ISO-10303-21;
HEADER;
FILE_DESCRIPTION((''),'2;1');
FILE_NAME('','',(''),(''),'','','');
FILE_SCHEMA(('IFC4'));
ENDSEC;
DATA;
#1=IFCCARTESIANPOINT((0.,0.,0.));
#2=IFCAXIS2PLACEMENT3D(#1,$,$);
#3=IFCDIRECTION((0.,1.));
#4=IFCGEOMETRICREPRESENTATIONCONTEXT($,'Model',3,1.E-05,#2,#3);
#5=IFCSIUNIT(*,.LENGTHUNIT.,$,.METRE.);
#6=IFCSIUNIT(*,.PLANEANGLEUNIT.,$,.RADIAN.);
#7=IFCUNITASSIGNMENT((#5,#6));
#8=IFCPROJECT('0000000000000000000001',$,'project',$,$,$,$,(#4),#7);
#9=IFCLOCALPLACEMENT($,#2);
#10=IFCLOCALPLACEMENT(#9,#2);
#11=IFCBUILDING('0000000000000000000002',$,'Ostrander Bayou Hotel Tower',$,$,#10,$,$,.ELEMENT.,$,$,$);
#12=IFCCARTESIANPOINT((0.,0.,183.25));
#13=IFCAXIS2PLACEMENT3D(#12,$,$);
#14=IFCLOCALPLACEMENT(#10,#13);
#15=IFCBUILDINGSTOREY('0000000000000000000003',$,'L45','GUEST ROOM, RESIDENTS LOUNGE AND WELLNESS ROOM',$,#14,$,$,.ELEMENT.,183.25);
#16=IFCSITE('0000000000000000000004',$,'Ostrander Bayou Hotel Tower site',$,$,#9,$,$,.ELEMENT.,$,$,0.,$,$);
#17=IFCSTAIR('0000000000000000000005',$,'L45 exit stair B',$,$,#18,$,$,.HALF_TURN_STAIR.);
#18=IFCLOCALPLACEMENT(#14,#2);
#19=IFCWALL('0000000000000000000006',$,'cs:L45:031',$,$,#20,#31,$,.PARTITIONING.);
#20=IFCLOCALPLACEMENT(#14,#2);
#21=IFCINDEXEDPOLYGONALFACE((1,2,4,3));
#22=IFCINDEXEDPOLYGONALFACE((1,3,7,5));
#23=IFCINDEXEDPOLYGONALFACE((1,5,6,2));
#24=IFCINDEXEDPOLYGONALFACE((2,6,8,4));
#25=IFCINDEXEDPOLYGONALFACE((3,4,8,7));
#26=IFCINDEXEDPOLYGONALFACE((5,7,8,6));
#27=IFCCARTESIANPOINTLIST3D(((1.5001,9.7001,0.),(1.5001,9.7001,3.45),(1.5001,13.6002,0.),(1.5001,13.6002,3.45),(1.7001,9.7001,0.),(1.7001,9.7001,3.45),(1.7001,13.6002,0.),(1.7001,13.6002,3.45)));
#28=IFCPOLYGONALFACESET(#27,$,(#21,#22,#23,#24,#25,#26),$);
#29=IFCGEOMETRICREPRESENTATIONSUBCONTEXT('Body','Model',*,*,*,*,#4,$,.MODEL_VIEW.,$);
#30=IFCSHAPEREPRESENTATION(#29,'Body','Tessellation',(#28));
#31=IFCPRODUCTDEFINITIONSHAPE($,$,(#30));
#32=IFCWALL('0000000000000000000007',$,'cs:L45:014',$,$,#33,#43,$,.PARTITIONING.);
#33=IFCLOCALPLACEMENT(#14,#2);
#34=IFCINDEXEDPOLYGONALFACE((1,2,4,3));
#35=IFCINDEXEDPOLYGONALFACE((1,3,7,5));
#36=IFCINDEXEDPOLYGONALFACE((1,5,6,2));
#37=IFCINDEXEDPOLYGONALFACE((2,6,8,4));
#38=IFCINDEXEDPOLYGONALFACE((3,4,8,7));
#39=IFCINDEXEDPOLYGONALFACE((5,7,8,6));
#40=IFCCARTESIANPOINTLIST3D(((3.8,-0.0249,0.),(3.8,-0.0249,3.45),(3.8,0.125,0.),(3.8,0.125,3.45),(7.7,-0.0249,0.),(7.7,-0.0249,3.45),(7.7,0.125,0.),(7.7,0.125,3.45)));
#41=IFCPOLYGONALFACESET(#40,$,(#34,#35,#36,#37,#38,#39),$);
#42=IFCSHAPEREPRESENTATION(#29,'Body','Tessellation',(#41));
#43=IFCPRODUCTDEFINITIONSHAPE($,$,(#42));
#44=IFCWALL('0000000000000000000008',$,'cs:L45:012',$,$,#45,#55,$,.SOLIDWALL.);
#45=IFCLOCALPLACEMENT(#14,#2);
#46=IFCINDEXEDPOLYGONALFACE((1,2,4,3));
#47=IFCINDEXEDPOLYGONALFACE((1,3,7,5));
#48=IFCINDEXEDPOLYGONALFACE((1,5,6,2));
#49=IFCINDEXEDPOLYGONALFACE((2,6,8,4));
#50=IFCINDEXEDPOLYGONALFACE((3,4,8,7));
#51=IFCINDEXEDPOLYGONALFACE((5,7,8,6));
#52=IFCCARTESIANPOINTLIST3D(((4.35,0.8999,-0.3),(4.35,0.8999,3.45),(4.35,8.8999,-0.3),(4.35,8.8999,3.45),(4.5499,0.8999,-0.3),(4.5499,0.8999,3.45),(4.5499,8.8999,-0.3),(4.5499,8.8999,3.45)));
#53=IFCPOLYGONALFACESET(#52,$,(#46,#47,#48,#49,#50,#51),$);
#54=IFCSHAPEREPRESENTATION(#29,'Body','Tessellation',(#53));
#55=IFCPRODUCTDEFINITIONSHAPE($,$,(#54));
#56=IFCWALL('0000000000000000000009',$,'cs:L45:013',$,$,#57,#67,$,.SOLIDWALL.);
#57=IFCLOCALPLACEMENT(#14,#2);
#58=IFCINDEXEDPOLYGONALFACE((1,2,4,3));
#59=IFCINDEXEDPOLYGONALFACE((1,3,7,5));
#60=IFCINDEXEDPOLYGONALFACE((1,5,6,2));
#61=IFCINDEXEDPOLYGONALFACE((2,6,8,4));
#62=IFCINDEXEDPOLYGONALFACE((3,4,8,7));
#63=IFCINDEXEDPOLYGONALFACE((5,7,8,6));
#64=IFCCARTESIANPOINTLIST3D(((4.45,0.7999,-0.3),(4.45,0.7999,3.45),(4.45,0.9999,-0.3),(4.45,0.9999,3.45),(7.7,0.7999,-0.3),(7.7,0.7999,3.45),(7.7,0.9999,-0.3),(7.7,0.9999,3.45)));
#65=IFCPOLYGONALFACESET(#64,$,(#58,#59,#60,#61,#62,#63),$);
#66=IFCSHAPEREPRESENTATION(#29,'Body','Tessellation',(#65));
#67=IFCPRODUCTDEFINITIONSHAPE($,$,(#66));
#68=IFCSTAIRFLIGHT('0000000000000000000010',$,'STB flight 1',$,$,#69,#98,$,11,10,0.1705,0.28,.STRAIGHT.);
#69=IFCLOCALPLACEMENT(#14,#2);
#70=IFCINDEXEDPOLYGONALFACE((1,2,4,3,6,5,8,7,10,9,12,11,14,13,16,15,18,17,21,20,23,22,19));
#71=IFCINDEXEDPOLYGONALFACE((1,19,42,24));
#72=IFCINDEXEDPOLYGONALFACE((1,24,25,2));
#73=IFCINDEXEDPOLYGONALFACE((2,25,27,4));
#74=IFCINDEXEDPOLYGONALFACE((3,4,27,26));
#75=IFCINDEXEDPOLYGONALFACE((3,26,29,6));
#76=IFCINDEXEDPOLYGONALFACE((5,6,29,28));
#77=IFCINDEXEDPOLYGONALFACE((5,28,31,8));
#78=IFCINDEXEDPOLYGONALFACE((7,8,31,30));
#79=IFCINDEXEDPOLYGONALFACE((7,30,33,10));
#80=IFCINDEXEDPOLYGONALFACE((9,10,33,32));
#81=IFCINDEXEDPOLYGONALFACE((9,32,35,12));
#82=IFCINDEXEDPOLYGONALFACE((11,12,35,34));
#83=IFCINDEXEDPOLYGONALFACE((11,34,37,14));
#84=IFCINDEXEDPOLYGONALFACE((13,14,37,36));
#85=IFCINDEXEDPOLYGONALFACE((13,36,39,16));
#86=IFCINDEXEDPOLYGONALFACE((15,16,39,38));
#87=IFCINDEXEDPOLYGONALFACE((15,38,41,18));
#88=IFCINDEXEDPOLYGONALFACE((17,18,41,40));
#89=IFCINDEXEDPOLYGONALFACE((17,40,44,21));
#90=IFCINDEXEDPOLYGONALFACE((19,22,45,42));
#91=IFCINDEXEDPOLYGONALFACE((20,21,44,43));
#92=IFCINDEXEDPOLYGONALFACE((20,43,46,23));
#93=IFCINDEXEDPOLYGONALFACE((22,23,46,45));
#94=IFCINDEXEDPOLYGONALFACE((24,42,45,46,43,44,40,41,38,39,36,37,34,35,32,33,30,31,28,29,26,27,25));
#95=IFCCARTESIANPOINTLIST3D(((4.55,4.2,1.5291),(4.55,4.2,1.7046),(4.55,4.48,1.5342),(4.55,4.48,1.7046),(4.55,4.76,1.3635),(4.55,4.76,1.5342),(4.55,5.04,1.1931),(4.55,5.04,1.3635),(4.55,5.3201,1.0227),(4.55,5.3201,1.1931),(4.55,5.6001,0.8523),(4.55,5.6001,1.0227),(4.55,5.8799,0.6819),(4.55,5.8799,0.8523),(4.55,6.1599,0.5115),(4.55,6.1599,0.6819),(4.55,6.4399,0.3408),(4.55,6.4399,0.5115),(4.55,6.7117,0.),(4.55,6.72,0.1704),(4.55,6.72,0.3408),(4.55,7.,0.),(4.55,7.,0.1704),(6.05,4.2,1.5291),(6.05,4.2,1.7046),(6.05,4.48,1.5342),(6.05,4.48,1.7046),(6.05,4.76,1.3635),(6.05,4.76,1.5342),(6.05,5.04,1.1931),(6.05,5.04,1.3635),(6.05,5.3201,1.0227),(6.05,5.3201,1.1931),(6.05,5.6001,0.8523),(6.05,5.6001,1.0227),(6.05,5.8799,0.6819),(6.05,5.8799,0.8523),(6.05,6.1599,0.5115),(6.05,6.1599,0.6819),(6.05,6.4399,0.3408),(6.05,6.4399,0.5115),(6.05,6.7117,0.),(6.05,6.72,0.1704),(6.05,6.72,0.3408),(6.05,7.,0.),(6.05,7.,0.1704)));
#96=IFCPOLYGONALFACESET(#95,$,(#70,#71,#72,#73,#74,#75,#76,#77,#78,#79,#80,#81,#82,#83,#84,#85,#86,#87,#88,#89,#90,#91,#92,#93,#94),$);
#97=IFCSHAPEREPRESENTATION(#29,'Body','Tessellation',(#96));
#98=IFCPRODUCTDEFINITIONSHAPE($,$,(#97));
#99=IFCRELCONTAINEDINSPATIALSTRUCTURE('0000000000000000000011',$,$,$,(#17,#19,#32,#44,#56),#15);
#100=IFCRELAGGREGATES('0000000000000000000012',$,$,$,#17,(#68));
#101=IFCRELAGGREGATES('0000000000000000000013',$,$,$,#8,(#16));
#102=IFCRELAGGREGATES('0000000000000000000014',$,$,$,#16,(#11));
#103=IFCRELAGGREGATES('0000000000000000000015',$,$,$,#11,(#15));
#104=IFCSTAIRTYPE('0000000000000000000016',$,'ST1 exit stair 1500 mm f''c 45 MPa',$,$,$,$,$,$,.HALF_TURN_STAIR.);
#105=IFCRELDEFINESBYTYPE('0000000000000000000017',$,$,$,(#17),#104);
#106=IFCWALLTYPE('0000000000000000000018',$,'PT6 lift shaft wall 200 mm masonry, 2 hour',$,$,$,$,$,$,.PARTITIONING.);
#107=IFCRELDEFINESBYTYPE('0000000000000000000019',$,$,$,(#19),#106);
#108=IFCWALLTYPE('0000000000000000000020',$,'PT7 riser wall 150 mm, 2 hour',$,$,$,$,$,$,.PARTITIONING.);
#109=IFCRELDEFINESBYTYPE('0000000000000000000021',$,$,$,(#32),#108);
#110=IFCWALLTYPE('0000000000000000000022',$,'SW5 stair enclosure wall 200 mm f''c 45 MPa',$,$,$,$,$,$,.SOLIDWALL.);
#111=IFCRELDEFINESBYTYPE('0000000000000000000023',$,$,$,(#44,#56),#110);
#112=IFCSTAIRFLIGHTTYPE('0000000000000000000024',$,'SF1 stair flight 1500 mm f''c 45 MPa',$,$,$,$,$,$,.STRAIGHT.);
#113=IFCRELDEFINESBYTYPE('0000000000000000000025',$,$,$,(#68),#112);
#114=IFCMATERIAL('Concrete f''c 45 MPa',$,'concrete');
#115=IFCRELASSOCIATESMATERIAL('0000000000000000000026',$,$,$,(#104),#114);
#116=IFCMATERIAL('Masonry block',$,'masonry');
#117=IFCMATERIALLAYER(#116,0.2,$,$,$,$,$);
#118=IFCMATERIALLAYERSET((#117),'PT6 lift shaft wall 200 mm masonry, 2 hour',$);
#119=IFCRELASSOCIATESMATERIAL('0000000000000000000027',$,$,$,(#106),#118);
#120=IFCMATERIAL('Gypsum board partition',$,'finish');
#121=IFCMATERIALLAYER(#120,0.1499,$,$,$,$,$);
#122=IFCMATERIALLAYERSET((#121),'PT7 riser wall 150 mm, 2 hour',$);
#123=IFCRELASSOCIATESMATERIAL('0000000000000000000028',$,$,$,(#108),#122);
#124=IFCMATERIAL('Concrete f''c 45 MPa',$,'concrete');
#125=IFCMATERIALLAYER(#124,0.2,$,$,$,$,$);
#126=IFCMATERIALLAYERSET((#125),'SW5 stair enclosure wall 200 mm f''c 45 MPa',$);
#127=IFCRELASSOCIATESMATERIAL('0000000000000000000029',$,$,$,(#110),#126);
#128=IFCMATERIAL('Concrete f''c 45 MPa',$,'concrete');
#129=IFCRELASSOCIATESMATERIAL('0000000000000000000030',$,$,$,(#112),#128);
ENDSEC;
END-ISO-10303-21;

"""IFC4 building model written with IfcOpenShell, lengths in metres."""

from ifc_helpers import new_model, si_unit, direction, frame, frame_2d, origin, place, context, subcontext, project, spatial, polyline, rectangle, outline, extrude, material, layer, layer_set, type_object, element, aggregate, save


model = new_model("IFC4")

# Units and contexts
model_context = context("Model", 3, precision=1e-05, world=origin(), true_north=direction((0.0, 1.0)))
body_context = subcontext(model_context, "Body", "Model", "MODEL_VIEW")
ifc_project = project(units=[si_unit("LENGTHUNIT", "METRE"), si_unit("PLANEANGLEUNIT", "RADIAN")], contexts=[model_context])

# Site, building, storey
site_placement = place(None, origin())
site = spatial("IfcSite", under=ifc_project, at=site_placement, Name="Ostrander Bayou Hotel Tower site", CompositionType="ELEMENT", RefElevation=0.0)
building_placement = place(site_placement, origin())
building = spatial("IfcBuilding", under=site, at=building_placement, Name="Ostrander Bayou Hotel Tower", CompositionType="ELEMENT")
storey_placement = place(building_placement, frame((0.0, 0.0, 183.25)))
storey = spatial("IfcBuildingStorey", under=building, at=storey_placement, Name="L45", Description="GUEST ROOM, RESIDENTS LOUNGE AND WELLNESS ROOM", CompositionType="ELEMENT", Elevation=183.25)

# Stair
ifc_material_1 = material(Name="Concrete f'c 45 MPa", Category="concrete")
stair_type = type_object("IfcStairType", Name="ST1 exit stair 1500 mm f'c 45 MPa", PredefinedType="HALF_TURN_STAIR", material=ifc_material_1)
stair_1_placement = place(storey_placement, origin())
stair_1 = element("IfcStair", 1, at=stair_1_placement, inside=storey, type_object=stair_type, Name="L45 exit stair B", PredefinedType="HALF_TURN_STAIR")

# Shared definitions
ifc_material_2 = material(Name="Masonry block", Category="masonry")
ifc_layer_1 = layer(ifc_material_2, 0.2)
ifc_layer_set_1 = layer_set([ifc_layer_1], Name="PT6 lift shaft wall 200 mm masonry, 2 hour")
wall_type_1 = type_object("IfcWallType", Name="PT6 lift shaft wall 200 mm masonry, 2 hour", PredefinedType="PARTITIONING", material=ifc_layer_set_1)

# Walls
wall_1_placement = place(storey_placement, frame((1.6001, 9.7, 0.0), z_axis=(0.0, 0.0, 1.0), x_axis=(0.0, 1.0, 0.0)))
element("IfcWall", 2, at=wall_1_placement, inside=storey, type_object=wall_type_1, Name="cs:L45:031", PredefinedType="PARTITIONING", context=body_context, shape_type="SweptSolid", body=[
    extrude(rectangle(XDim=3.9001, YDim=0.2, at=frame_2d((1.9502, 0.0))), origin(), (0.0, 0.0, 1.0), 3.45),
])
ifc_material_3 = material(Name="Gypsum board partition", Category="finish")
ifc_layer_2 = layer(ifc_material_3, 0.1499)
ifc_layer_set_2 = layer_set([ifc_layer_2], Name="PT7 riser wall 150 mm, 2 hour")
wall_type_2 = type_object("IfcWallType", Name="PT7 riser wall 150 mm, 2 hour", PredefinedType="PARTITIONING", material=ifc_layer_set_2)
wall_2_placement = place(storey_placement, frame((3.8, 0.05, 0.0), z_axis=(0.0, 0.0, 1.0), x_axis=(1.0, 0.0, 0.0)))
element("IfcWall", 3, at=wall_2_placement, inside=storey, type_object=wall_type_2, Name="cs:L45:014", PredefinedType="PARTITIONING", context=body_context, shape_type="SweptSolid", body=[
    extrude(rectangle(XDim=3.8999, YDim=0.1499, at=frame_2d((1.95, 0.0))), origin(), (0.0, 0.0, 1.0), 3.45),
])
ifc_material_4 = material(Name="Concrete f'c 45 MPa", Category="concrete")
ifc_layer_3 = layer(ifc_material_4, 0.2)
ifc_layer_set_3 = layer_set([ifc_layer_3], Name="SW5 stair enclosure wall 200 mm f'c 45 MPa")
wall_type_3 = type_object("IfcWallType", Name="SW5 stair enclosure wall 200 mm f'c 45 MPa", PredefinedType="SOLIDWALL", material=ifc_layer_set_3)
wall_3_placement = place(storey_placement, frame((4.45, 0.8999, -0.3), z_axis=(0.0, 0.0, 1.0), x_axis=(0.0, 1.0, 0.0)))
element("IfcWall", 4, at=wall_3_placement, inside=storey, type_object=wall_type_3, Name="cs:L45:012", PredefinedType="SOLIDWALL", context=body_context, shape_type="SweptSolid", body=[
    extrude(rectangle(XDim=8.0, YDim=0.2, at=frame_2d((4.0, 0.0))), origin(), (0.0, 0.0, 1.0), 3.75),
])
wall_4_placement = place(storey_placement, frame((4.45, 0.8999, -0.3), z_axis=(0.0, 0.0, 1.0), x_axis=(1.0, 0.0, 0.0)))
element("IfcWall", 5, at=wall_4_placement, inside=storey, type_object=wall_type_3, Name="cs:L45:013", PredefinedType="SOLIDWALL", context=body_context, shape_type="SweptSolid", body=[
    extrude(rectangle(XDim=3.25, YDim=0.2, at=frame_2d((1.625, 0.0))), origin(), (0.0, 0.0, 1.0), 3.75),
])

# Stair flight
ifc_material_5 = material(Name="Concrete f'c 45 MPa", Category="concrete")
stair_flight_type = type_object("IfcStairFlightType", Name="SF1 stair flight 1500 mm f'c 45 MPa", PredefinedType="STRAIGHT", material=ifc_material_5)
stair_flight_placement = place(storey_placement, frame((5.3, 7.0, 0.0), z_axis=(0.0, 0.0, 1.0), x_axis=(0.0, -1.0, 0.0)))
stair_flight = element("IfcStairFlight", 6, at=stair_flight_placement, type_object=stair_flight_type, Name="STB flight 1", NumberOfRisers=11, NumberOfTreads=10, PredefinedType="STRAIGHT", RiserHeight=0.1705, TreadLength=0.28, context=body_context, shape_type="SweptSolid", body=[
    extrude(outline(polyline([(0.0, 0.0), (0.0, 0.1704), (0.28, 0.1704), (0.28, 0.3408), (0.5601, 0.3408), (0.5601, 0.5115), (0.8401, 0.5115), (0.8401, 0.6819), (1.1201, 0.6819), (1.1201, 0.8523), (1.3999, 0.8523), (1.3999, 1.0227), (1.6799, 1.0227), (1.6799, 1.1931), (1.96, 1.1931), (1.96, 1.3635), (2.24, 1.3635), (2.24, 1.5342), (2.52, 1.5342), (2.52, 1.7046), (2.8, 1.7046), (2.8, 1.875), (2.8, 1.5291), (0.2883, 0.0), (0.0, 0.0)])), frame((0.0, 0.75, 0.0), z_axis=(0.0, -1.0, 0.0), x_axis=(1.0, 0.0, 0.0)), (0.0, 0.0, 1.0), 1.5),
])
aggregate(stair_1, [stair_flight])

save(model, "model.ifc")
